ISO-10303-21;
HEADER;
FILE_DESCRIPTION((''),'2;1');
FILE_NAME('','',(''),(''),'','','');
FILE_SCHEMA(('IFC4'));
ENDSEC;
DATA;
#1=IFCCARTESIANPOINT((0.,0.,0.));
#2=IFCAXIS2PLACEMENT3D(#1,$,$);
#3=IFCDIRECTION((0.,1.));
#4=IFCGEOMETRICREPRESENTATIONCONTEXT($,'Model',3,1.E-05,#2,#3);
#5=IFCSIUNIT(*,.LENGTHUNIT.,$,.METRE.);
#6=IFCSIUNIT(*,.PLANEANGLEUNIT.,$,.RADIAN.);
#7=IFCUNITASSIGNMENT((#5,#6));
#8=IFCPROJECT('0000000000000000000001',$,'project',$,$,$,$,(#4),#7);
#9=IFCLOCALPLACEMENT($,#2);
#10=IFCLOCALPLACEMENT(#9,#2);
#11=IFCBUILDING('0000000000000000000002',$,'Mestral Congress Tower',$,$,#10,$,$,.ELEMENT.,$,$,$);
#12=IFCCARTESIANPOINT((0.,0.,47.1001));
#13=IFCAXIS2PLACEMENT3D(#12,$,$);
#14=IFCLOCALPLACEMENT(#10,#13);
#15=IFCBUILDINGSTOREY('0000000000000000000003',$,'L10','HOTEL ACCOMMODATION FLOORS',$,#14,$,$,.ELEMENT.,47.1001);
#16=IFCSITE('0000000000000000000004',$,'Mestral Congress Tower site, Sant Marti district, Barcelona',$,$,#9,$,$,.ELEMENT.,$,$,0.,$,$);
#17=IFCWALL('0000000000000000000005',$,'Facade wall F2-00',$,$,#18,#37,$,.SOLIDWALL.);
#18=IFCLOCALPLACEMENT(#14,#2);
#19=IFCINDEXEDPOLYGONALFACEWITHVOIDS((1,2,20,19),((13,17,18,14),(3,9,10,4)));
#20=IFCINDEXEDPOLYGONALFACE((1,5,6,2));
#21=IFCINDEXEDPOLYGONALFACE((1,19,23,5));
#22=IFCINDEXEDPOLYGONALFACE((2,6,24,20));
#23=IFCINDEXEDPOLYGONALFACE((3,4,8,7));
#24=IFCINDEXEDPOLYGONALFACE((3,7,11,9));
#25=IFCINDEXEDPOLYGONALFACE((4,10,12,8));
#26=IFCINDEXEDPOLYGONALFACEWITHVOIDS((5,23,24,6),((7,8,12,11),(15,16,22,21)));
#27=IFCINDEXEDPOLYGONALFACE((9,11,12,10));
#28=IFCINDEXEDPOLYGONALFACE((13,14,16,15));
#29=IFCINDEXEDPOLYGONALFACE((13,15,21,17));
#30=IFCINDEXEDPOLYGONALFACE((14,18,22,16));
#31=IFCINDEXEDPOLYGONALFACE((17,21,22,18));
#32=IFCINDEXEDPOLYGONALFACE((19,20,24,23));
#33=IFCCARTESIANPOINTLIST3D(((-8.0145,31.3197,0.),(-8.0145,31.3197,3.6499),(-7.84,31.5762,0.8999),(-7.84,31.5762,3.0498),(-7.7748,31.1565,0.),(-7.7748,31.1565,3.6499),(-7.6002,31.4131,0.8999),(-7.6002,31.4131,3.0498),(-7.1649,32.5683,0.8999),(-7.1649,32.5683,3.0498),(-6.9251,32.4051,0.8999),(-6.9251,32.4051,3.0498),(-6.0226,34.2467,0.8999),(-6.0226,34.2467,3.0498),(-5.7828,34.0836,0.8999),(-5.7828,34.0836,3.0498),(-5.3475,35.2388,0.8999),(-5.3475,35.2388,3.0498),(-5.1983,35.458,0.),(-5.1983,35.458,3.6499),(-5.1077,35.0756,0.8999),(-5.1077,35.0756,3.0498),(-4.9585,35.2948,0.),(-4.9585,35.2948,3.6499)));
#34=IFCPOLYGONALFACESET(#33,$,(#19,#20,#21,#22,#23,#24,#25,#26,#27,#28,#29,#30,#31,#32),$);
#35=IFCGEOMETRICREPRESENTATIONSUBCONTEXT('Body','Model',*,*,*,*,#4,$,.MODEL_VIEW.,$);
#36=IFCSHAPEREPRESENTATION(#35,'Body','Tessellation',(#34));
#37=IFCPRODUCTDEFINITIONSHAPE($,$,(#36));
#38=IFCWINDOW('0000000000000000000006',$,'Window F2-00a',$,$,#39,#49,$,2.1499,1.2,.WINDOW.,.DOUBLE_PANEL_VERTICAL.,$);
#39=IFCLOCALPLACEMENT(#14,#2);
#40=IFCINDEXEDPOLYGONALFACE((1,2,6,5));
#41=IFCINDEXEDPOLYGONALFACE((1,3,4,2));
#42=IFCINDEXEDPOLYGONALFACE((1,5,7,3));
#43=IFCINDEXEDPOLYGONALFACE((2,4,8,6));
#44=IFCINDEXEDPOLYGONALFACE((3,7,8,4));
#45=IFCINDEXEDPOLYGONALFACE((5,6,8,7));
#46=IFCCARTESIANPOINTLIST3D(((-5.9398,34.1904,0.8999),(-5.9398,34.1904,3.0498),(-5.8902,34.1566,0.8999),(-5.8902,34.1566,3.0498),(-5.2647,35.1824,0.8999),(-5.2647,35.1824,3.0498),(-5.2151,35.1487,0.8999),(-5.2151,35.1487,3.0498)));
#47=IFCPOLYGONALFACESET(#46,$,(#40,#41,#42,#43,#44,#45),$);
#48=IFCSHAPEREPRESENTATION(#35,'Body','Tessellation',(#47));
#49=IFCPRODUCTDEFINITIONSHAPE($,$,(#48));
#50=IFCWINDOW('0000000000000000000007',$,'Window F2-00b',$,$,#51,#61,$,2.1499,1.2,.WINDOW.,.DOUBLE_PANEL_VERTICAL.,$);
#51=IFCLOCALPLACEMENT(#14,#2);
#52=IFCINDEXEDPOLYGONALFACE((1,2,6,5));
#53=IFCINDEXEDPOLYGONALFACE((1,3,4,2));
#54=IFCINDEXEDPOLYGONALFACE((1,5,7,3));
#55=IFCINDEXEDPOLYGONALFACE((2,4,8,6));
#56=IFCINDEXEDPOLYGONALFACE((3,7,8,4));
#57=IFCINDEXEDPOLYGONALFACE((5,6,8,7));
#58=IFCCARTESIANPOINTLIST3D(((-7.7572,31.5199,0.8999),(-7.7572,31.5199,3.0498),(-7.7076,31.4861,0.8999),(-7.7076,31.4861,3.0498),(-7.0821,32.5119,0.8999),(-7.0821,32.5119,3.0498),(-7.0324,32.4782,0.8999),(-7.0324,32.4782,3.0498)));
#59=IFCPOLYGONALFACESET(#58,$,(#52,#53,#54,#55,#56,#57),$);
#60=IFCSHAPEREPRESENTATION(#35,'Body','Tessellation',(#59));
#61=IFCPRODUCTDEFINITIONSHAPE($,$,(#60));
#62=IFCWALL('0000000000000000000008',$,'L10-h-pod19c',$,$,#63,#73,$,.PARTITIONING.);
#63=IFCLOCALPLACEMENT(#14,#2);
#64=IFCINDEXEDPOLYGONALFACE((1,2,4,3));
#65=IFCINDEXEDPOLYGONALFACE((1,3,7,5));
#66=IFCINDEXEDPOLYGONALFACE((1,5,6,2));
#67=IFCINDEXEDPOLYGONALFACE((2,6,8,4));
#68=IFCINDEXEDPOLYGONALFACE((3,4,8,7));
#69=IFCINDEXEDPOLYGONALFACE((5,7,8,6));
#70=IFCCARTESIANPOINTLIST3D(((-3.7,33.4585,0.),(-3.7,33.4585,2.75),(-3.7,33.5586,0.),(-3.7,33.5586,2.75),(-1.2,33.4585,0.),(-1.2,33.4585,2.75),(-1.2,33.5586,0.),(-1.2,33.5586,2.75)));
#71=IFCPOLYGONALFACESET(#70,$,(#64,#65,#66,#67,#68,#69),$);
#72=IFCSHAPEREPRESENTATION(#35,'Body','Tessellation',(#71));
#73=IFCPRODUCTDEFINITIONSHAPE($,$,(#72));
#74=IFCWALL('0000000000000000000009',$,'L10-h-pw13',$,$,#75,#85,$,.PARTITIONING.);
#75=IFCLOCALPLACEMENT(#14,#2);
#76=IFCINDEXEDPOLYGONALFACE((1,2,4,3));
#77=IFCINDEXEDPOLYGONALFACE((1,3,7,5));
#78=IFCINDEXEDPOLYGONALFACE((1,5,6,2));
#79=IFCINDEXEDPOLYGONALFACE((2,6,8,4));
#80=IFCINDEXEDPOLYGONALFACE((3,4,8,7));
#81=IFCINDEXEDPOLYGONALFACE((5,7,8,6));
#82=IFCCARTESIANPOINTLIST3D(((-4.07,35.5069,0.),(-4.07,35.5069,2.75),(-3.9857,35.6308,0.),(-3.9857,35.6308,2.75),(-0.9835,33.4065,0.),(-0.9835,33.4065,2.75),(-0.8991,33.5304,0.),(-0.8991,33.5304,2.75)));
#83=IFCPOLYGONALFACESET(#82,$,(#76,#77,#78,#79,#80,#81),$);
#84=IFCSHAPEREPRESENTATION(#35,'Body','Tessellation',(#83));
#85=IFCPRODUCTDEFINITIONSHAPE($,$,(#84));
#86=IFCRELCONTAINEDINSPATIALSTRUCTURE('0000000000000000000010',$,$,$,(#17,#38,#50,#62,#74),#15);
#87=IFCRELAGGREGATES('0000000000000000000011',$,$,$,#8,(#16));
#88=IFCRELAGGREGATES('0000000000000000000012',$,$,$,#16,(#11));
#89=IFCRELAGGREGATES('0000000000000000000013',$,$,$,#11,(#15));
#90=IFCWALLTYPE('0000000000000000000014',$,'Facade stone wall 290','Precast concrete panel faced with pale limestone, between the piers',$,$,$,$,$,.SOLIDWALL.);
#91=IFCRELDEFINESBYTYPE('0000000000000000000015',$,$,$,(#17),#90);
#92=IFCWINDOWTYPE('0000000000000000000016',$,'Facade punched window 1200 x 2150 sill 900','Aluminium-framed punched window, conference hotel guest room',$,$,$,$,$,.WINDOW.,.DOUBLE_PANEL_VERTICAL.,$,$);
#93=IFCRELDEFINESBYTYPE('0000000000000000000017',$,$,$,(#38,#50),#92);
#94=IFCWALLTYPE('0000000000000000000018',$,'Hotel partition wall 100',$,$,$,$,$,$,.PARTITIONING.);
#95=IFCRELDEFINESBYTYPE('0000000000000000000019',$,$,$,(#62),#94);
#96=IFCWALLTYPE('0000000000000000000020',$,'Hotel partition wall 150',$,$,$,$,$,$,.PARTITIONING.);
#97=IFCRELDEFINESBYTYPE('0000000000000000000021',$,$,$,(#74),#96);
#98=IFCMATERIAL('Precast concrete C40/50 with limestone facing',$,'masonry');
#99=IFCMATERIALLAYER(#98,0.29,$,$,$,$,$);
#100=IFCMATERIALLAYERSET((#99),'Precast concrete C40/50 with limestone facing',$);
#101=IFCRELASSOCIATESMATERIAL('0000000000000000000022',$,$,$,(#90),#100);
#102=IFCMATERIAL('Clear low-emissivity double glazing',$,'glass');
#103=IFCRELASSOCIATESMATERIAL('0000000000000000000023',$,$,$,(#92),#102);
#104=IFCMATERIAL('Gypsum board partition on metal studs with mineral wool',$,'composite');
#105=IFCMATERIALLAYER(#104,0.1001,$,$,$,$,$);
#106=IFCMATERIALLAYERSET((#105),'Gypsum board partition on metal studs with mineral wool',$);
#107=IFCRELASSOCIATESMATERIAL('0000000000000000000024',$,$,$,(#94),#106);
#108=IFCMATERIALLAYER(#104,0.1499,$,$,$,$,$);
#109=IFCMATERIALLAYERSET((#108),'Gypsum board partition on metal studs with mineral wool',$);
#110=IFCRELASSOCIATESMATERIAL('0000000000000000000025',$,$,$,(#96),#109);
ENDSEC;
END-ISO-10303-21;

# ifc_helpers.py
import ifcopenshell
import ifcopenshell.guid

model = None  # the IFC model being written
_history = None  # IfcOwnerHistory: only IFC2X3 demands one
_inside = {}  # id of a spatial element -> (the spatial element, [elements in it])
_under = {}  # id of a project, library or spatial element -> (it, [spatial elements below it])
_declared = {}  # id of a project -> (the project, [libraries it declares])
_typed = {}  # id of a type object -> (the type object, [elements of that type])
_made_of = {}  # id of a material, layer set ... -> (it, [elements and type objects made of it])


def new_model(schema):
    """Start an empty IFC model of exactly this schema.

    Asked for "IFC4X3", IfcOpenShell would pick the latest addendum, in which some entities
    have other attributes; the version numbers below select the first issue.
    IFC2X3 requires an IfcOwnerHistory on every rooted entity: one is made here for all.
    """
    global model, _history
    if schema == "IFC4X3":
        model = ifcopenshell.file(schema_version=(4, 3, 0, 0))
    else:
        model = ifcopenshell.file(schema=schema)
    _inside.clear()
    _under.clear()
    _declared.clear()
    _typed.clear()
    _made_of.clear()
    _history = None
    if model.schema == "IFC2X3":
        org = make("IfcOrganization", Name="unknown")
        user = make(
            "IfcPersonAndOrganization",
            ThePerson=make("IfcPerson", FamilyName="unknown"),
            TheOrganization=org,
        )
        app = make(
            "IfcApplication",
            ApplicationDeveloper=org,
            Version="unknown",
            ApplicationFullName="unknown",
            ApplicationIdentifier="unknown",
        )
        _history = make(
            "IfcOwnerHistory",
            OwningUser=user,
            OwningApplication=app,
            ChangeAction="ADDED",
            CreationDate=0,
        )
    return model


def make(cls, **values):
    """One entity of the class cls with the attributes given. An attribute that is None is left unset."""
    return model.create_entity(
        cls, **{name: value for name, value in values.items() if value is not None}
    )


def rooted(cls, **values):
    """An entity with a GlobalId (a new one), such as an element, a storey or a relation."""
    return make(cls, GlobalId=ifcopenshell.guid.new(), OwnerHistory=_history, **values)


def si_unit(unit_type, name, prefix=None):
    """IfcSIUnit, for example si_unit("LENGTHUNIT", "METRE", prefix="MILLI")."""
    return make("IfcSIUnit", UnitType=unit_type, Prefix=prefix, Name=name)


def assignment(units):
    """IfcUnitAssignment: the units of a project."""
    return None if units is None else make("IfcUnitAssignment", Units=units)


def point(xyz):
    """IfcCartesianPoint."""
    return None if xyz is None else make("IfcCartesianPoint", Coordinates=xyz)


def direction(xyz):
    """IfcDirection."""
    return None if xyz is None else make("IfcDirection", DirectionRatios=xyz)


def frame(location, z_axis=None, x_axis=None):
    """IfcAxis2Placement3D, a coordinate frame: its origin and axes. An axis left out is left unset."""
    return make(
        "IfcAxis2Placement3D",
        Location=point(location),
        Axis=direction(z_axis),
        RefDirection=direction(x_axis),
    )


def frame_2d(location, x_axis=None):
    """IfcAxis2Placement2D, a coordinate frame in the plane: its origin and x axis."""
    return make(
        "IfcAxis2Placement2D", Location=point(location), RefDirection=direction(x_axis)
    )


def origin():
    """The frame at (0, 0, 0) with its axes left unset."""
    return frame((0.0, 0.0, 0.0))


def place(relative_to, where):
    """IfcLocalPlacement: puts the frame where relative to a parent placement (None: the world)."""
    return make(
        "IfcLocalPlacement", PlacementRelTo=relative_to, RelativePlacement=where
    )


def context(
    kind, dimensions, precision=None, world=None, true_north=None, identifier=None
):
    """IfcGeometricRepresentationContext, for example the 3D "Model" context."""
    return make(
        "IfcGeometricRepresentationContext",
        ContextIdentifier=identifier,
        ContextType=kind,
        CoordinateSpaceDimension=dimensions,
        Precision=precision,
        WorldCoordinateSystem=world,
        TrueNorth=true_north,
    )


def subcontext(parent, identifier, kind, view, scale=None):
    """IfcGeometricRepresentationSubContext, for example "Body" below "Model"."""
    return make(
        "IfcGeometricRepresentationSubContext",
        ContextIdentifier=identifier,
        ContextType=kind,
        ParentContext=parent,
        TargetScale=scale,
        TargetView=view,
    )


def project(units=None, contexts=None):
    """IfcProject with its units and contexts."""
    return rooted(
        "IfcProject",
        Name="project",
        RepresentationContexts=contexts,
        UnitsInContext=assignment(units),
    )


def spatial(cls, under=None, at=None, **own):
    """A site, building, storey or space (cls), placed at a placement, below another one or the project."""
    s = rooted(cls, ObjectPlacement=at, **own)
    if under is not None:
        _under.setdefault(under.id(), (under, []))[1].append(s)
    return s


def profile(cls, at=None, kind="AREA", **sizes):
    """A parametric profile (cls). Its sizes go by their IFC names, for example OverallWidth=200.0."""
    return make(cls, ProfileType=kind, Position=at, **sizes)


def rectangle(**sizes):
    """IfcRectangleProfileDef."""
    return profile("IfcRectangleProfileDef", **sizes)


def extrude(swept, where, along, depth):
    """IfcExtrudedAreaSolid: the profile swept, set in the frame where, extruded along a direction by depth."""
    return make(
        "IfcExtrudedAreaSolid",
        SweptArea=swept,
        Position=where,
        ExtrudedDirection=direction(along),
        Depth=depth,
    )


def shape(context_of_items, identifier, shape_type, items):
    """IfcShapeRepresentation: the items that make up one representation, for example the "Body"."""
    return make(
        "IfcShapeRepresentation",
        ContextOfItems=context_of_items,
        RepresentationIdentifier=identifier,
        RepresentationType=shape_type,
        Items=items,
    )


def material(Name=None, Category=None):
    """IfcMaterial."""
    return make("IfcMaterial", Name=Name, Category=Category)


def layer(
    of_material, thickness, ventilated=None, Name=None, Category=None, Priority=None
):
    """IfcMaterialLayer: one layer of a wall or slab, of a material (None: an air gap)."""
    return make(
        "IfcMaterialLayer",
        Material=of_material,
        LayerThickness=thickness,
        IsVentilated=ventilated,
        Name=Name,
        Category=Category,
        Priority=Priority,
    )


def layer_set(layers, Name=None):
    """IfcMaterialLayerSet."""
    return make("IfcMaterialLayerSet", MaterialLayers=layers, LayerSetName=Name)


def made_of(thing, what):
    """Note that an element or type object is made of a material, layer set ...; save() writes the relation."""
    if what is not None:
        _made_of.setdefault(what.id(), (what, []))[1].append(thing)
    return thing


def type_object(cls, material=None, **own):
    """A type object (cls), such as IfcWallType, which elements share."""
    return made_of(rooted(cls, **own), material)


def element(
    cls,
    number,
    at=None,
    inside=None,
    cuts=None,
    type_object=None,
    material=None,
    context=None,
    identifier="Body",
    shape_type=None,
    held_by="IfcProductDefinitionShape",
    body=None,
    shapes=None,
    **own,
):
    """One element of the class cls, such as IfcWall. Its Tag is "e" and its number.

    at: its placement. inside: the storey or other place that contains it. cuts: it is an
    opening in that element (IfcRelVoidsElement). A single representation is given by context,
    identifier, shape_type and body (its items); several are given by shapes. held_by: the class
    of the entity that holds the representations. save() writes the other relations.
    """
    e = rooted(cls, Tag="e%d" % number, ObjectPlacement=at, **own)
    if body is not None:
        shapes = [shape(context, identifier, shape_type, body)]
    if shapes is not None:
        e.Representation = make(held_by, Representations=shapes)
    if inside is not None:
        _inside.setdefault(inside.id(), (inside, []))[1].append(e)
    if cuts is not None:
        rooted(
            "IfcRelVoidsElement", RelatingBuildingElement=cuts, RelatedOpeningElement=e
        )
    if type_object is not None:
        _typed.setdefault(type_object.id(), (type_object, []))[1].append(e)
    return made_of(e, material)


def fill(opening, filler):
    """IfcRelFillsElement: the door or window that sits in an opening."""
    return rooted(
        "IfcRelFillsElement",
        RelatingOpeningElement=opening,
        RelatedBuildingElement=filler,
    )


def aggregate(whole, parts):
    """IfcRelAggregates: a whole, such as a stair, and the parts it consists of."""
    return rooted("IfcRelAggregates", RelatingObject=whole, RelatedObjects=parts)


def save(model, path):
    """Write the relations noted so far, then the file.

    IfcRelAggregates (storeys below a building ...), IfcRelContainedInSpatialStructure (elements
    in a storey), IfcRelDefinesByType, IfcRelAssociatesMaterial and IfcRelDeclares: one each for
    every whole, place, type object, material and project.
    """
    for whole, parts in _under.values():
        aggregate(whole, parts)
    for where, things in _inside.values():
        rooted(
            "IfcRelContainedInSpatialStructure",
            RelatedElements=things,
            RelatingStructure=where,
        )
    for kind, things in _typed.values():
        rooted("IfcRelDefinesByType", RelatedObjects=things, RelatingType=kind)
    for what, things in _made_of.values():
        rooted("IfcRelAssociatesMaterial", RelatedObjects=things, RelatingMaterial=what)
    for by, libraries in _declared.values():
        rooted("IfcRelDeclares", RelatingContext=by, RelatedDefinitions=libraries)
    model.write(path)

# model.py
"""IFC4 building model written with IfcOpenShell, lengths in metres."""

from ifc_helpers import new_model, si_unit, direction, frame, frame_2d, origin, place, context, subcontext, project, spatial, rectangle, extrude, material, layer, layer_set, type_object, element, fill, save


model = new_model("IFC4")

# Units and contexts
model_context = context("Model", 3, precision=1e-05, world=origin(), true_north=direction((0.0, 1.0)))
body_context = subcontext(model_context, "Body", "Model", "MODEL_VIEW")
ifc_project = project(units=[si_unit("LENGTHUNIT", "METRE"), si_unit("PLANEANGLEUNIT", "RADIAN")], contexts=[model_context])

# Site, building, storey
site_placement = place(None, origin())
site = spatial("IfcSite", under=ifc_project, at=site_placement, Name="Mestral Congress Tower site, Sant Marti district, Barcelona", CompositionType="ELEMENT", RefElevation=0.0)
building_placement = place(site_placement, origin())
building = spatial("IfcBuilding", under=site, at=building_placement, Name="Mestral Congress Tower", CompositionType="ELEMENT")
storey_placement = place(building_placement, frame((0.0, 0.0, 47.1001)))
storey = spatial("IfcBuildingStorey", under=building, at=storey_placement, Name="L10", Description="HOTEL ACCOMMODATION FLOORS", CompositionType="ELEMENT", Elevation=47.1001)

# Shared definitions
ifc_material_1 = material(Name="Precast concrete C40/50 with limestone facing", Category="masonry")
ifc_layer_1 = layer(ifc_material_1, 0.29)
ifc_layer_set_1 = layer_set([ifc_layer_1], Name="Precast concrete C40/50 with limestone facing")
wall_type_1 = type_object("IfcWallType", Name="Facade stone wall 290", Description="Precast concrete panel faced with pale limestone, between the piers", PredefinedType="SOLIDWALL", material=ifc_layer_set_1)
ifc_material_2 = material(Name="Clear low-emissivity double glazing", Category="glass")

# Wall, openings, windows
wall_1_placement = place(storey_placement, frame((-5.0784, 35.3765, 0.0), z_axis=(0.0, 0.0, 1.0), x_axis=(-0.56261, -0.826722, 0.0)))
wall_1 = element("IfcWall", 1, at=wall_1_placement, inside=storey, type_object=wall_type_1, Name="Facade wall F2-00", PredefinedType="SOLIDWALL", context=body_context, shape_type="SweptSolid", body=[
    extrude(rectangle(XDim=5.0056, YDim=0.29, at=frame_2d((2.5029, 0.0))), origin(), (0.0, 0.0, 1.0), 3.6499),
])
opening_1_placement = place(wall_1_placement, frame((0.2651, 0.0, 0.8999)))
opening_1 = element("IfcOpeningElement", 2, at=opening_1_placement, cuts=wall_1, PredefinedType="OPENING", context=body_context, shape_type="SweptSolid", body=[
    extrude(rectangle(XDim=1.2, YDim=2.1499, at=frame_2d((0.6001, 1.075))), frame((0.0, 0.155, 0.0), z_axis=(0.0, -1.0, 0.0), x_axis=(1.0, 0.0, 0.0)), (0.0, 0.0, 1.0), 0.3101),
])
opening_2_placement = place(wall_1_placement, frame((3.4954, 0.0, 0.8999)))
opening_2 = element("IfcOpeningElement", 3, at=opening_2_placement, cuts=wall_1, PredefinedType="OPENING", context=body_context, shape_type="SweptSolid", body=[
    extrude(rectangle(XDim=1.2, YDim=2.1499, at=frame_2d((0.6001, 1.075))), frame((0.0, 0.155, 0.0), z_axis=(0.0, -1.0, 0.0), x_axis=(1.0, 0.0, 0.0)), (0.0, 0.0, 1.0), 0.3101),
])
window_type_1 = type_object("IfcWindowType", Name="Facade punched window 1200 x 2150 sill 900", Description="Aluminium-framed punched window, conference hotel guest room", PartitioningType="DOUBLE_PANEL_VERTICAL", PredefinedType="WINDOW", material=ifc_material_2)
window_1_placement = place(opening_1_placement, origin())
window_1 = element("IfcWindow", 4, at=window_1_placement, inside=storey, type_object=window_type_1, Name="Window F2-00a", OverallHeight=2.1499, OverallWidth=1.2, PartitioningType="DOUBLE_PANEL_VERTICAL", PredefinedType="WINDOW", context=body_context, shape_type="SweptSolid", body=[
    extrude(rectangle(XDim=1.2, YDim=2.1499, at=frame_2d((0.6001, 1.075))), frame((0.0, 0.0151, 0.0), z_axis=(0.0, -1.0, 0.0), x_axis=(1.0, 0.0, 0.0)), (0.0, 0.0, 1.0), 0.0601),
])
fill(opening_1, window_1)
window_2_placement = place(opening_2_placement, origin())
window_2 = element("IfcWindow", 5, at=window_2_placement, inside=storey, type_object=window_type_1, Name="Window F2-00b", OverallHeight=2.1499, OverallWidth=1.2, PartitioningType="DOUBLE_PANEL_VERTICAL", PredefinedType="WINDOW", context=body_context, shape_type="SweptSolid", body=[
    extrude(rectangle(XDim=1.2, YDim=2.1499, at=frame_2d((0.6001, 1.075))), frame((0.0, 0.0151, 0.0), z_axis=(0.0, -1.0, 0.0), x_axis=(1.0, 0.0, 0.0)), (0.0, 0.0, 1.0), 0.0601),
])
fill(opening_2, window_2)

# Walls
ifc_material_3 = material(Name="Gypsum board partition on metal studs with mineral wool", Category="composite")
ifc_layer_2 = layer(ifc_material_3, 0.1001)
ifc_layer_set_2 = layer_set([ifc_layer_2], Name="Gypsum board partition on metal studs with mineral wool")
wall_type_2 = type_object("IfcWallType", Name="Hotel partition wall 100", PredefinedType="PARTITIONING", material=ifc_layer_set_2)
wall_2_placement = place(storey_placement, frame((-1.2, 33.5085, 0.0), z_axis=(0.0, 0.0, 1.0), x_axis=(-1.0, 0.0, 0.0)))
element("IfcWall", 6, at=wall_2_placement, inside=storey, type_object=wall_type_2, Name="L10-h-pod19c", PredefinedType="PARTITIONING", context=body_context, shape_type="SweptSolid", body=[
    extrude(rectangle(XDim=2.5, YDim=0.1001, at=frame_2d((1.25, 0.0))), origin(), (0.0, 0.0, 1.0), 2.75),
])
ifc_layer_3 = layer(ifc_material_3, 0.1499)
ifc_layer_set_3 = layer_set([ifc_layer_3], Name="Gypsum board partition on metal studs with mineral wool")
wall_type_3 = type_object("IfcWallType", Name="Hotel partition wall 150", PredefinedType="PARTITIONING", material=ifc_layer_set_3)
wall_3_placement = place(storey_placement, frame((-4.0278, 35.5688, 0.0), z_axis=(0.0, 0.0, 1.0), x_axis=(0.826731, -0.562598, 0.0)))
element("IfcWall", 7, at=wall_3_placement, inside=storey, type_object=wall_type_3, Name="L10-h-pw13", PredefinedType="PARTITIONING", context=body_context, shape_type="SweptSolid", body=[
    extrude(rectangle(XDim=3.7334, YDim=0.1499, at=frame_2d((1.8667, 0.0))), origin(), (0.0, 0.0, 1.0), 2.75),
])

save(model, "model.ifc")
